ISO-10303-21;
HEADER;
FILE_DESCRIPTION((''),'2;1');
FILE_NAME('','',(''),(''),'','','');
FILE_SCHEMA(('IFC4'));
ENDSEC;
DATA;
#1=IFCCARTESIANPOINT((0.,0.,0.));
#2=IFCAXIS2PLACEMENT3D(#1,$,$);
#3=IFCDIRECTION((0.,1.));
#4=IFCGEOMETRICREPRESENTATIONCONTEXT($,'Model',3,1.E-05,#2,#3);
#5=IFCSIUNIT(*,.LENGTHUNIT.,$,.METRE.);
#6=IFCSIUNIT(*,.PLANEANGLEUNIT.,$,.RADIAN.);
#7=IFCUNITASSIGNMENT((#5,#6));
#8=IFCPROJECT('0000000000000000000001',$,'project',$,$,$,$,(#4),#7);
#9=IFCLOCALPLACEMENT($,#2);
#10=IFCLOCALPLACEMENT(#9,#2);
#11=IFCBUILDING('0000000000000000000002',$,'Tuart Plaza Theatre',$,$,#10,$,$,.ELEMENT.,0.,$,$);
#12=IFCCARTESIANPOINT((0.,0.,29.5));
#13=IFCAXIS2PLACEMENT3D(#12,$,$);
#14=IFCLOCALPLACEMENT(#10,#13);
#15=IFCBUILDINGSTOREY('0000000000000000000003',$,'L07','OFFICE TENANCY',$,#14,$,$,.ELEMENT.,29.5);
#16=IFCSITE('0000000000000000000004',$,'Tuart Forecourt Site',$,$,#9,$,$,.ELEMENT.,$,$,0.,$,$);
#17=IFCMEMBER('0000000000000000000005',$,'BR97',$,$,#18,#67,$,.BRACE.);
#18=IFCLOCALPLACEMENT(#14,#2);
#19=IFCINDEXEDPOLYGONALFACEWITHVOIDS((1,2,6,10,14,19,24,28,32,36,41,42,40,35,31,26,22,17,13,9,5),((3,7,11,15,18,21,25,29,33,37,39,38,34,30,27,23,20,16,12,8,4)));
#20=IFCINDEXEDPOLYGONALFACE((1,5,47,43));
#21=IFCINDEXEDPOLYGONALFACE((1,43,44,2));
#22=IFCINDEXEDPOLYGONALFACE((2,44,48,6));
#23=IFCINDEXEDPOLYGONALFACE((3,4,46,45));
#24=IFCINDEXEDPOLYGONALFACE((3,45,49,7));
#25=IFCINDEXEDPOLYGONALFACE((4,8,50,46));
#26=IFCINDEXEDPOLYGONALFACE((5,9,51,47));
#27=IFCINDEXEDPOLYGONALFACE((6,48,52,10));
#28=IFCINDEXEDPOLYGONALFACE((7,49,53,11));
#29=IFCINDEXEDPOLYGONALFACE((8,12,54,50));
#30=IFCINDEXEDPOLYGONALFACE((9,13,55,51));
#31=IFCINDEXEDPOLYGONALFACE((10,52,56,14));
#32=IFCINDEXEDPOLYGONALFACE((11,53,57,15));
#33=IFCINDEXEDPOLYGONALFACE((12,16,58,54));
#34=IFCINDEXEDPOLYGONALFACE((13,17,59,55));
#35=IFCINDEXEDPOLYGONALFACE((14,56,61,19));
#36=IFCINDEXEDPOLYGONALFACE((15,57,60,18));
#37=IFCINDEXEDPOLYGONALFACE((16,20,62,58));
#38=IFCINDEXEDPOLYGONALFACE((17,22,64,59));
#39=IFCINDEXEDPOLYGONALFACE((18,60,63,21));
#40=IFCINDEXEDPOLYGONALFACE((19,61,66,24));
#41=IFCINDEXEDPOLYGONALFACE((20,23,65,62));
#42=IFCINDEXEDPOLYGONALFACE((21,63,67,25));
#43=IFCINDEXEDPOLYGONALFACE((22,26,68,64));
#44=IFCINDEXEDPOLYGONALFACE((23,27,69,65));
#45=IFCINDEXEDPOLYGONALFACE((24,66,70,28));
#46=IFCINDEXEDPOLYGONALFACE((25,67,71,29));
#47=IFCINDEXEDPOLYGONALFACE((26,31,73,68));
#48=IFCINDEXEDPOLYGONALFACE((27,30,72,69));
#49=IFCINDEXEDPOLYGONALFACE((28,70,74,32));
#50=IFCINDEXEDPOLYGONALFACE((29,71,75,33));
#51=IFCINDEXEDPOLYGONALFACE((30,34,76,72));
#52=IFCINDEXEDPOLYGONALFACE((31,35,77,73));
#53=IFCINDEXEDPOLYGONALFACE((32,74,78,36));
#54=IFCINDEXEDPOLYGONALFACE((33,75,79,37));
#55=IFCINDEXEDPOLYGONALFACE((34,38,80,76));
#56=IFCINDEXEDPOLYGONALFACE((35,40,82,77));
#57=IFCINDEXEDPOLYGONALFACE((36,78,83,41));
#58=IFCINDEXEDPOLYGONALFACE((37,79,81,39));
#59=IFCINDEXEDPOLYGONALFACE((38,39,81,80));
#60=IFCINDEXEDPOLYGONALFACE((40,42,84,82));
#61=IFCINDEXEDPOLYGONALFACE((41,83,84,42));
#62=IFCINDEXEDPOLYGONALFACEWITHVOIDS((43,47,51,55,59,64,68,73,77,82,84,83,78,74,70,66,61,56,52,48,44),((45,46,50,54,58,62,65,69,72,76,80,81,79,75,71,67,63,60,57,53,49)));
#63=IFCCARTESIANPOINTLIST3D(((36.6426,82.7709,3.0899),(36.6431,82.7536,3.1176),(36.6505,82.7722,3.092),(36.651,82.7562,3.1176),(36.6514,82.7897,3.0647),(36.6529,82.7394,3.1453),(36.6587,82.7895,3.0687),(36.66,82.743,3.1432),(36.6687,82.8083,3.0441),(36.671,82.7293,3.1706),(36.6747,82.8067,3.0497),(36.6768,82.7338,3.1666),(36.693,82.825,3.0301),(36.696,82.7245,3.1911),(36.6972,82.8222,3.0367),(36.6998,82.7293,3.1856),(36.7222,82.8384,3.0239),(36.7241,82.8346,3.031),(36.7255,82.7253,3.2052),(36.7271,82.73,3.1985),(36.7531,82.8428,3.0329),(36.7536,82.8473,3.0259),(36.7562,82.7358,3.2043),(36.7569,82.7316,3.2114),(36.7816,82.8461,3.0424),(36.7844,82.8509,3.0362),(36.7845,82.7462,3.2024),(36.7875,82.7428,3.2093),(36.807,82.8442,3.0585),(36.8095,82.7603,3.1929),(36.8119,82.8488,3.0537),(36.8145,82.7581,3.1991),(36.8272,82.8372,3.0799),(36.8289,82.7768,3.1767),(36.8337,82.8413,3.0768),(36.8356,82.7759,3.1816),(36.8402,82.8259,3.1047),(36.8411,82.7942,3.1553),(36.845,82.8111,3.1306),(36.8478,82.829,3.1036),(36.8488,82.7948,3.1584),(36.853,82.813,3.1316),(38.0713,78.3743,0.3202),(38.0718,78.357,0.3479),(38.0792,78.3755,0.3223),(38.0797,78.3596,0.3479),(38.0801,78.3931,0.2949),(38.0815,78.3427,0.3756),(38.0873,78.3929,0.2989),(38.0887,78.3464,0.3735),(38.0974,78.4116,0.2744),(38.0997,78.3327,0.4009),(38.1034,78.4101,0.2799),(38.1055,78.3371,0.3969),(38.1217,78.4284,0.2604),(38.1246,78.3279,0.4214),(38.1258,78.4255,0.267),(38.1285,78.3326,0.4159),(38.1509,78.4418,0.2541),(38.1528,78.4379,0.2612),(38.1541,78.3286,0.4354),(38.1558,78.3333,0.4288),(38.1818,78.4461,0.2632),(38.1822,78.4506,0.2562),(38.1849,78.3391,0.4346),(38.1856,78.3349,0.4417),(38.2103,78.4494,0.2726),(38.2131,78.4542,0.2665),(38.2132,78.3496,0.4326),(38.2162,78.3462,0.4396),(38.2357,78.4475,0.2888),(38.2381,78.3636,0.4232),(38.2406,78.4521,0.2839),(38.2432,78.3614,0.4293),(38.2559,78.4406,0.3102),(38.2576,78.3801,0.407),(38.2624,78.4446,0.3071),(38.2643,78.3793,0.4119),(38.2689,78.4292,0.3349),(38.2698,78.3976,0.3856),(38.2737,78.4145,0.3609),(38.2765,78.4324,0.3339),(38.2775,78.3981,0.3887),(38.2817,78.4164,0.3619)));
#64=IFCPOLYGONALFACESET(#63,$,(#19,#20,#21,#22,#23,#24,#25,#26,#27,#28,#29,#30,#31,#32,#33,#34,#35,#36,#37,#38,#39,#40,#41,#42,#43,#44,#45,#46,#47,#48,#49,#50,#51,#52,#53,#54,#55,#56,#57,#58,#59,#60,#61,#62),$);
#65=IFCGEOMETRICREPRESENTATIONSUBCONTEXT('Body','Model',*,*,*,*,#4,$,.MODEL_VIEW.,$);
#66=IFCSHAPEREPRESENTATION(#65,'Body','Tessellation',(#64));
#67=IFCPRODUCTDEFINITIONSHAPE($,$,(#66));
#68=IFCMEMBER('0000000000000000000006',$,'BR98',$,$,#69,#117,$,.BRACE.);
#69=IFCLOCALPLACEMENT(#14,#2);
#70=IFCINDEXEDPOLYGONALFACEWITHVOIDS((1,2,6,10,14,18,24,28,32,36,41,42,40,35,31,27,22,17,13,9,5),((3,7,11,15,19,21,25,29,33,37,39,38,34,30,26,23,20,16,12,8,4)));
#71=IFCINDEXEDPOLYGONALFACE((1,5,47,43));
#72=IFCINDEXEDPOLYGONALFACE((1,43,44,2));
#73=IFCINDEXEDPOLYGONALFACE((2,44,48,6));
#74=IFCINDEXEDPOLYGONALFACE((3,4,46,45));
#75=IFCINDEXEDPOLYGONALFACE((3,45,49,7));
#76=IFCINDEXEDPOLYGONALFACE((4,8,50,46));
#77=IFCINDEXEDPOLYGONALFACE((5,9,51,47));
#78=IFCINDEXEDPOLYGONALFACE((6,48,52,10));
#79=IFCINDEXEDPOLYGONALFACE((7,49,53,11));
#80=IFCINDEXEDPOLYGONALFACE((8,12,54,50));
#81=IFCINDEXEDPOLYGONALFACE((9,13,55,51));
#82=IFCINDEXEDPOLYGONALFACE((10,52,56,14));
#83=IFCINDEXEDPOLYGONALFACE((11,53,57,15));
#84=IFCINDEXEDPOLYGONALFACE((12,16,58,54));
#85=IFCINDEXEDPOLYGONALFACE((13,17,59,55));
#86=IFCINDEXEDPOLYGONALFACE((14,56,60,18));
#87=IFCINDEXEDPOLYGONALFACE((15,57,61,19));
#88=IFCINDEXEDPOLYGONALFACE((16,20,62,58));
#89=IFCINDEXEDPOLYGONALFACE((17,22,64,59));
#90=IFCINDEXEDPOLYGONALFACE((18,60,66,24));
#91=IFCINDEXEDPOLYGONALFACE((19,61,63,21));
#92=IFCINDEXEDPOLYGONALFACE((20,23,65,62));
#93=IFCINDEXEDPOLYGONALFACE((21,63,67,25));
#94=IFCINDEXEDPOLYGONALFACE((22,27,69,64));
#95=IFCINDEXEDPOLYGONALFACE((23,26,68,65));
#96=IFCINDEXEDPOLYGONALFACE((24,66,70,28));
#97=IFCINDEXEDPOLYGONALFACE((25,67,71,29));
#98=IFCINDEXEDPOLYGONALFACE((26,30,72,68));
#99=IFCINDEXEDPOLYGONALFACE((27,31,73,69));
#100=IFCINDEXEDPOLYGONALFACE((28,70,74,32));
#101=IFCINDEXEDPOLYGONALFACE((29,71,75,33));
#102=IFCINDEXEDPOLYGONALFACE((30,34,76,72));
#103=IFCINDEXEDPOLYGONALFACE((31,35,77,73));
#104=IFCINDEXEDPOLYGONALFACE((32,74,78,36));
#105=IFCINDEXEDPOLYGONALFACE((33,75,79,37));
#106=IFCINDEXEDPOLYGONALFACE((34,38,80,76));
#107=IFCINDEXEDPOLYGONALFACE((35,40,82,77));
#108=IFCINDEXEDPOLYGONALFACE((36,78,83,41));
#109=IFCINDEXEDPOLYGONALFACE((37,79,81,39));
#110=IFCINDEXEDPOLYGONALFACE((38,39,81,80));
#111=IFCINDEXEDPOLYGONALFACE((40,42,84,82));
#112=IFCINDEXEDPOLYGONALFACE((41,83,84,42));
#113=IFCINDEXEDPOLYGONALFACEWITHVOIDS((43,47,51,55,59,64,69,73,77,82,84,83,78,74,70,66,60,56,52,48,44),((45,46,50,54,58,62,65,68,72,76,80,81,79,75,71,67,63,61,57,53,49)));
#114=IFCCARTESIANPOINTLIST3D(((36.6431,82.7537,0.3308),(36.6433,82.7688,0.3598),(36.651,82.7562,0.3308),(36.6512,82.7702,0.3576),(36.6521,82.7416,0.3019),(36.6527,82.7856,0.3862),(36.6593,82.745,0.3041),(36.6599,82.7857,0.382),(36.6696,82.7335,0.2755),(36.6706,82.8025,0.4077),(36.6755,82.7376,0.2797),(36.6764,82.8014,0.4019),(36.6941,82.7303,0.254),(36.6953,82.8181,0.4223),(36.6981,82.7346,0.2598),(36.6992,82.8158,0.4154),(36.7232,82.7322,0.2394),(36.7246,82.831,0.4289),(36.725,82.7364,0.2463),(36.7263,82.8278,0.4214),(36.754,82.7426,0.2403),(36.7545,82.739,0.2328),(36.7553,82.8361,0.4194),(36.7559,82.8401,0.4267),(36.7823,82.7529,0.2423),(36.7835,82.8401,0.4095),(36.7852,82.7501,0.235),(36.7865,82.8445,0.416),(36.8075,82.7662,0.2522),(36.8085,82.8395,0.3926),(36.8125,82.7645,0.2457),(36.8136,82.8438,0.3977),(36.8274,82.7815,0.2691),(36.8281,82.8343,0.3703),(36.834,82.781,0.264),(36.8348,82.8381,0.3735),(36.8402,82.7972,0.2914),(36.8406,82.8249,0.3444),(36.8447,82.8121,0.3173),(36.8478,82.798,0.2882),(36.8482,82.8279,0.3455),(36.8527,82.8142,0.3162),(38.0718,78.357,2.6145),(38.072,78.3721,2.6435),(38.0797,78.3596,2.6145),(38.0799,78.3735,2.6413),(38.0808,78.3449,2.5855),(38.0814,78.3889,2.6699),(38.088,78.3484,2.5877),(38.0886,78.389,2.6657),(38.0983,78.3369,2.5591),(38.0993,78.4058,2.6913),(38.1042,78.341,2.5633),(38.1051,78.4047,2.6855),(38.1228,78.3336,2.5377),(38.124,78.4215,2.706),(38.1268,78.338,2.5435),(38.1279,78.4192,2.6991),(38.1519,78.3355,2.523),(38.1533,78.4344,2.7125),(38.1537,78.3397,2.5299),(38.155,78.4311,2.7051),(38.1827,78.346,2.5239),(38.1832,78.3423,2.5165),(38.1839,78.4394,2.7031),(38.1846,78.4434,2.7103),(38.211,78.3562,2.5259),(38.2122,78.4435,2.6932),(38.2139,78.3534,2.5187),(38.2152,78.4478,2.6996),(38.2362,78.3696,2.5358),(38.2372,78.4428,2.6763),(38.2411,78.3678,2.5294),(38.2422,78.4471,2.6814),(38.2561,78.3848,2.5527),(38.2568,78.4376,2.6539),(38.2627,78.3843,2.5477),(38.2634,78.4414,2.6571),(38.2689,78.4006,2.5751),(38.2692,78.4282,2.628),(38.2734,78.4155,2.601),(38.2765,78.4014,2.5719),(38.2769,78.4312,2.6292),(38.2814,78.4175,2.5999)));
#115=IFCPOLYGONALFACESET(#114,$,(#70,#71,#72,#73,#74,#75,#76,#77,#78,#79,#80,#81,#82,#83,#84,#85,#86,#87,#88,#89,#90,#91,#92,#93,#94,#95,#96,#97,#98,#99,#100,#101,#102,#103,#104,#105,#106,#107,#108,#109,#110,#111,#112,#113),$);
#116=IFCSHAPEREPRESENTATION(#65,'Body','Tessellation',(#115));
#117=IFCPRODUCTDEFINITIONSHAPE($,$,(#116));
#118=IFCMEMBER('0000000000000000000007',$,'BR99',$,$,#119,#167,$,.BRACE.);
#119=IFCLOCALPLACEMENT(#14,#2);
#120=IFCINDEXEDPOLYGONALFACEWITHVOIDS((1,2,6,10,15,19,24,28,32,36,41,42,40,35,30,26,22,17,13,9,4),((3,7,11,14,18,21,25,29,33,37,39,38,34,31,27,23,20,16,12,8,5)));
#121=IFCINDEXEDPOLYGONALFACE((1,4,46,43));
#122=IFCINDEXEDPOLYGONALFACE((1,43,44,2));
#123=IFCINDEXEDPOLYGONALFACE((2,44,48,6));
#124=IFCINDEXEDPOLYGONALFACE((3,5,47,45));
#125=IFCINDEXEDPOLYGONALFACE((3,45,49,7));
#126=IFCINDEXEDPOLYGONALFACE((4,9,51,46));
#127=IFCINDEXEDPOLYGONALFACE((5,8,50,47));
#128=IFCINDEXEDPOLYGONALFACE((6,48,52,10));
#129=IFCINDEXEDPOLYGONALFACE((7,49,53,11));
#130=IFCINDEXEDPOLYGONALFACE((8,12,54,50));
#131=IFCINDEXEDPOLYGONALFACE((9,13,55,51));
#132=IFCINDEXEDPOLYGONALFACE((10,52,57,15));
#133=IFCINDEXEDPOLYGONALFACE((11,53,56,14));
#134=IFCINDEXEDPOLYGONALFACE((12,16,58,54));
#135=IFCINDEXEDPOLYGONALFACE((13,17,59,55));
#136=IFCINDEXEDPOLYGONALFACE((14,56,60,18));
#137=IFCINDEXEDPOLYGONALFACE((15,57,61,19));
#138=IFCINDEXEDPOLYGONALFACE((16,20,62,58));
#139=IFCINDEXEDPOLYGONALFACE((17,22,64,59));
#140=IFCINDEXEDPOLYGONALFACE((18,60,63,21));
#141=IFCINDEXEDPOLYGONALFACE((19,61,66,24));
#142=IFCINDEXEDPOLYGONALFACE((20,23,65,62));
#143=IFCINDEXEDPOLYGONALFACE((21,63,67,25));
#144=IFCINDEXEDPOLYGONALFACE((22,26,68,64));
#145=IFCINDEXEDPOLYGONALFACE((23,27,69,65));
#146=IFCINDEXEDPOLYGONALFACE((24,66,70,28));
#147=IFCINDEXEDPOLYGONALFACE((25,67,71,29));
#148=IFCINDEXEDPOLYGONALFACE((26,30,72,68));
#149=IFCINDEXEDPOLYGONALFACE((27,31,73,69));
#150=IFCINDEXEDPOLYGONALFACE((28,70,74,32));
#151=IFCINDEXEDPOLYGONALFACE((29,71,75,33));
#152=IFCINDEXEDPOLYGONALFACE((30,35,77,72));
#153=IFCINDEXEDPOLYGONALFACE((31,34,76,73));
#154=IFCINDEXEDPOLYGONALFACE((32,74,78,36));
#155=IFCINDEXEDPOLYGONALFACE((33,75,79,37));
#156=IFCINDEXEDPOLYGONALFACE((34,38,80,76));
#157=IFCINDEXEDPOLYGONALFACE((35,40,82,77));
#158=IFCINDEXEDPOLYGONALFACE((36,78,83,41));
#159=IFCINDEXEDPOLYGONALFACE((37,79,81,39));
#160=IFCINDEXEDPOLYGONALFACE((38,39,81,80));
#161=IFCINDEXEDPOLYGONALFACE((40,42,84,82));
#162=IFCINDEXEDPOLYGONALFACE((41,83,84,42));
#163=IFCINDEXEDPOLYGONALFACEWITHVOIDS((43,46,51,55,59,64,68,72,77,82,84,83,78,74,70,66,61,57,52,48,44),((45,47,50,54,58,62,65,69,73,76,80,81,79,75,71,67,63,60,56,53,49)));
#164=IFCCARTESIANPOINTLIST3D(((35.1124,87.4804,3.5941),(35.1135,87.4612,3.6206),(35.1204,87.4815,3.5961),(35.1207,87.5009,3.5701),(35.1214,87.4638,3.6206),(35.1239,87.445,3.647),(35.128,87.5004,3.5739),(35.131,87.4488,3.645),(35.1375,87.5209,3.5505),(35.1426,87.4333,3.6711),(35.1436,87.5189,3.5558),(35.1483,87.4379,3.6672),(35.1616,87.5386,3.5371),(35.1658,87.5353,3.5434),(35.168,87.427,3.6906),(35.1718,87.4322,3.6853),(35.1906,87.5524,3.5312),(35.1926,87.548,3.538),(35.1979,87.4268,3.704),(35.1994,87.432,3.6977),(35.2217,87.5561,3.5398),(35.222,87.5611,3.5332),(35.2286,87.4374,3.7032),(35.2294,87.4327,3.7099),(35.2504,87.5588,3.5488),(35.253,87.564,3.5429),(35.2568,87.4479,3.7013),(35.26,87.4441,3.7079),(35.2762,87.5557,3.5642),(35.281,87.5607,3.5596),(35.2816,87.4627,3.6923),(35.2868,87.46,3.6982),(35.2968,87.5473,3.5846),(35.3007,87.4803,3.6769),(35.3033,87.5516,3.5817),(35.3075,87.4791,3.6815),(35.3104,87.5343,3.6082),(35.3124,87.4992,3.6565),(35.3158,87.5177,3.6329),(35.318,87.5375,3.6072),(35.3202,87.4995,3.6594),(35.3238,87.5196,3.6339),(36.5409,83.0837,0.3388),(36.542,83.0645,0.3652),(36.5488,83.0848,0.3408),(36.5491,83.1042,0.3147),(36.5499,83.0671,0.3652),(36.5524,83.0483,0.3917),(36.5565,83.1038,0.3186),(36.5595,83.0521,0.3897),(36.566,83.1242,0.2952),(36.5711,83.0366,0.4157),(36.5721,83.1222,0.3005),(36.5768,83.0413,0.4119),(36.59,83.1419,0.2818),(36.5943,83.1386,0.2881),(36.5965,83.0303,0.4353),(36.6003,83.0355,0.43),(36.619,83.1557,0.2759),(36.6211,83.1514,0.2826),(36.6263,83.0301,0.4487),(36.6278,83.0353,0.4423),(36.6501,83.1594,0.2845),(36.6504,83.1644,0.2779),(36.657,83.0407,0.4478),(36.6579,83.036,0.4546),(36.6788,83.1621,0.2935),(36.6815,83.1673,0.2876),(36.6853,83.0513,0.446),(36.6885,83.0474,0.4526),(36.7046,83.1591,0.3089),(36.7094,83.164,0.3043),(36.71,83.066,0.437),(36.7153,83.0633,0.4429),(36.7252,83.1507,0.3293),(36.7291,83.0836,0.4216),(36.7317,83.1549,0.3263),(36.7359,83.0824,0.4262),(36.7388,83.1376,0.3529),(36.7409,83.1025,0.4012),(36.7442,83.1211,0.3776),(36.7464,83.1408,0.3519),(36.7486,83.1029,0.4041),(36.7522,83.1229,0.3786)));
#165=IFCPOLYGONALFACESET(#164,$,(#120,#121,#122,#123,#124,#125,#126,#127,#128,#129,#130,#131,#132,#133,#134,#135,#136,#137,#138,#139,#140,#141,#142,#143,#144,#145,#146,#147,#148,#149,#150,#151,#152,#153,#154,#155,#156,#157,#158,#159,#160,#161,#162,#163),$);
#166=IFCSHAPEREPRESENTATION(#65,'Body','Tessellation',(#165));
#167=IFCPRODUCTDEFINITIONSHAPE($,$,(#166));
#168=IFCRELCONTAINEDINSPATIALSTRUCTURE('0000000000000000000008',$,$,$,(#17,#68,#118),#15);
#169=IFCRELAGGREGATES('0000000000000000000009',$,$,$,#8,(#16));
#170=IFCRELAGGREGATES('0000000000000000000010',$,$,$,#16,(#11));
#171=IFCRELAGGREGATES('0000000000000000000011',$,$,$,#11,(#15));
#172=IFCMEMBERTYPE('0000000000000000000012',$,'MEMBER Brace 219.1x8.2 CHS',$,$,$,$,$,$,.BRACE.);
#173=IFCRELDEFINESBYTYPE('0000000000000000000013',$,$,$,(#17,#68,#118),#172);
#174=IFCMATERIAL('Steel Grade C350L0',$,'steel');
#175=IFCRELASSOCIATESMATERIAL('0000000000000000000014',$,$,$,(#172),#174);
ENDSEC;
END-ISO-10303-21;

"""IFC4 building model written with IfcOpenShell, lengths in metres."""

from ifc_helpers import new_model, si_unit, direction, frame, origin, origin_2d, place, context, subcontext, project, spatial, hollow_circle, extrude, material, material_profile, profile_set, type_object, element, save


model = new_model("IFC4")

# Units and contexts
model_context = context("Model", 3, precision=1e-05, world=origin(), true_north=direction((0.0, 1.0)))
body_context = subcontext(model_context, "Body", "Model", "MODEL_VIEW")
ifc_project = project(units=[si_unit("LENGTHUNIT", "METRE"), si_unit("PLANEANGLEUNIT", "RADIAN")], contexts=[model_context])

# Site, building, storey
site_placement = place(None, origin())
site = spatial("IfcSite", under=ifc_project, at=site_placement, Name="Tuart Forecourt Site", CompositionType="ELEMENT", RefElevation=0.0)
building_placement = place(site_placement, origin())
building = spatial("IfcBuilding", under=site, at=building_placement, Name="Tuart Plaza Theatre", CompositionType="ELEMENT", ElevationOfRefHeight=0.0)
storey_placement = place(building_placement, frame((0.0, 0.0, 29.5)))
storey = spatial("IfcBuildingStorey", under=building, at=storey_placement, Name="L07", Description="OFFICE TENANCY", CompositionType="ELEMENT", Elevation=29.5)

# Members
ifc_material_1 = material(Name="Steel Grade C350L0", Category="steel")
ifc_material_profile_1 = material_profile(ifc_material_1, hollow_circle(Radius=0.1096, WallThickness=0.0083, at=origin_2d()), Name="219.1x8.2 CHS")
ifc_profile_set_1 = profile_set([ifc_material_profile_1], Name="Steel Grade C350L0")
member_type_1 = type_object("IfcMemberType", Name="MEMBER Brace 219.1x8.2 CHS", PredefinedType="BRACE", material=ifc_profile_set_1)
member_1_placement = place(storey_placement, frame((38.176, 78.3909, 0.3479), z_axis=(-0.265104, 0.815832, 0.513944), x_axis=(-0.951048, -0.309042, 0.0)))
element("IfcMember", 1, at=member_1_placement, inside=storey, type_object=member_type_1, Name="BR97", PredefinedType="BRACE", context=body_context, shape_type="SweptSolid", body=[
    extrude(hollow_circle(Radius=0.1096, WallThickness=0.0083, at=origin_2d()), origin(), (0.0, 0.0, 1.0), 5.3892),
])
member_2_placement = place(storey_placement, frame((38.176, 78.3909, 2.6145), z_axis=(-0.277079, 0.852687, -0.442891), x_axis=(-0.951048, -0.309042, 0.0)))
element("IfcMember", 2, at=member_2_placement, inside=storey, type_object=member_type_1, Name="BR98", PredefinedType="BRACE", context=body_context, shape_type="SweptSolid", body=[
    extrude(hollow_circle(Radius=0.1096, WallThickness=0.0083, at=origin_2d()), origin(), (0.0, 0.0, 1.0), 5.1562),
])
member_3_placement = place(storey_placement, frame((36.6462, 83.0984, 0.3652), z_axis=(-0.252641, 0.777614, 0.575751), x_axis=(-0.951064, -0.308994, 0.0)))
element("IfcMember", 3, at=member_3_placement, inside=storey, type_object=member_type_1, Name="BR99", PredefinedType="BRACE", context=body_context, shape_type="SweptSolid", body=[
    extrude(hollow_circle(Radius=0.1096, WallThickness=0.0083, at=origin_2d()), origin(), (0.0, 0.0, 1.0), 5.6541),
])

save(model, "model.ifc")
